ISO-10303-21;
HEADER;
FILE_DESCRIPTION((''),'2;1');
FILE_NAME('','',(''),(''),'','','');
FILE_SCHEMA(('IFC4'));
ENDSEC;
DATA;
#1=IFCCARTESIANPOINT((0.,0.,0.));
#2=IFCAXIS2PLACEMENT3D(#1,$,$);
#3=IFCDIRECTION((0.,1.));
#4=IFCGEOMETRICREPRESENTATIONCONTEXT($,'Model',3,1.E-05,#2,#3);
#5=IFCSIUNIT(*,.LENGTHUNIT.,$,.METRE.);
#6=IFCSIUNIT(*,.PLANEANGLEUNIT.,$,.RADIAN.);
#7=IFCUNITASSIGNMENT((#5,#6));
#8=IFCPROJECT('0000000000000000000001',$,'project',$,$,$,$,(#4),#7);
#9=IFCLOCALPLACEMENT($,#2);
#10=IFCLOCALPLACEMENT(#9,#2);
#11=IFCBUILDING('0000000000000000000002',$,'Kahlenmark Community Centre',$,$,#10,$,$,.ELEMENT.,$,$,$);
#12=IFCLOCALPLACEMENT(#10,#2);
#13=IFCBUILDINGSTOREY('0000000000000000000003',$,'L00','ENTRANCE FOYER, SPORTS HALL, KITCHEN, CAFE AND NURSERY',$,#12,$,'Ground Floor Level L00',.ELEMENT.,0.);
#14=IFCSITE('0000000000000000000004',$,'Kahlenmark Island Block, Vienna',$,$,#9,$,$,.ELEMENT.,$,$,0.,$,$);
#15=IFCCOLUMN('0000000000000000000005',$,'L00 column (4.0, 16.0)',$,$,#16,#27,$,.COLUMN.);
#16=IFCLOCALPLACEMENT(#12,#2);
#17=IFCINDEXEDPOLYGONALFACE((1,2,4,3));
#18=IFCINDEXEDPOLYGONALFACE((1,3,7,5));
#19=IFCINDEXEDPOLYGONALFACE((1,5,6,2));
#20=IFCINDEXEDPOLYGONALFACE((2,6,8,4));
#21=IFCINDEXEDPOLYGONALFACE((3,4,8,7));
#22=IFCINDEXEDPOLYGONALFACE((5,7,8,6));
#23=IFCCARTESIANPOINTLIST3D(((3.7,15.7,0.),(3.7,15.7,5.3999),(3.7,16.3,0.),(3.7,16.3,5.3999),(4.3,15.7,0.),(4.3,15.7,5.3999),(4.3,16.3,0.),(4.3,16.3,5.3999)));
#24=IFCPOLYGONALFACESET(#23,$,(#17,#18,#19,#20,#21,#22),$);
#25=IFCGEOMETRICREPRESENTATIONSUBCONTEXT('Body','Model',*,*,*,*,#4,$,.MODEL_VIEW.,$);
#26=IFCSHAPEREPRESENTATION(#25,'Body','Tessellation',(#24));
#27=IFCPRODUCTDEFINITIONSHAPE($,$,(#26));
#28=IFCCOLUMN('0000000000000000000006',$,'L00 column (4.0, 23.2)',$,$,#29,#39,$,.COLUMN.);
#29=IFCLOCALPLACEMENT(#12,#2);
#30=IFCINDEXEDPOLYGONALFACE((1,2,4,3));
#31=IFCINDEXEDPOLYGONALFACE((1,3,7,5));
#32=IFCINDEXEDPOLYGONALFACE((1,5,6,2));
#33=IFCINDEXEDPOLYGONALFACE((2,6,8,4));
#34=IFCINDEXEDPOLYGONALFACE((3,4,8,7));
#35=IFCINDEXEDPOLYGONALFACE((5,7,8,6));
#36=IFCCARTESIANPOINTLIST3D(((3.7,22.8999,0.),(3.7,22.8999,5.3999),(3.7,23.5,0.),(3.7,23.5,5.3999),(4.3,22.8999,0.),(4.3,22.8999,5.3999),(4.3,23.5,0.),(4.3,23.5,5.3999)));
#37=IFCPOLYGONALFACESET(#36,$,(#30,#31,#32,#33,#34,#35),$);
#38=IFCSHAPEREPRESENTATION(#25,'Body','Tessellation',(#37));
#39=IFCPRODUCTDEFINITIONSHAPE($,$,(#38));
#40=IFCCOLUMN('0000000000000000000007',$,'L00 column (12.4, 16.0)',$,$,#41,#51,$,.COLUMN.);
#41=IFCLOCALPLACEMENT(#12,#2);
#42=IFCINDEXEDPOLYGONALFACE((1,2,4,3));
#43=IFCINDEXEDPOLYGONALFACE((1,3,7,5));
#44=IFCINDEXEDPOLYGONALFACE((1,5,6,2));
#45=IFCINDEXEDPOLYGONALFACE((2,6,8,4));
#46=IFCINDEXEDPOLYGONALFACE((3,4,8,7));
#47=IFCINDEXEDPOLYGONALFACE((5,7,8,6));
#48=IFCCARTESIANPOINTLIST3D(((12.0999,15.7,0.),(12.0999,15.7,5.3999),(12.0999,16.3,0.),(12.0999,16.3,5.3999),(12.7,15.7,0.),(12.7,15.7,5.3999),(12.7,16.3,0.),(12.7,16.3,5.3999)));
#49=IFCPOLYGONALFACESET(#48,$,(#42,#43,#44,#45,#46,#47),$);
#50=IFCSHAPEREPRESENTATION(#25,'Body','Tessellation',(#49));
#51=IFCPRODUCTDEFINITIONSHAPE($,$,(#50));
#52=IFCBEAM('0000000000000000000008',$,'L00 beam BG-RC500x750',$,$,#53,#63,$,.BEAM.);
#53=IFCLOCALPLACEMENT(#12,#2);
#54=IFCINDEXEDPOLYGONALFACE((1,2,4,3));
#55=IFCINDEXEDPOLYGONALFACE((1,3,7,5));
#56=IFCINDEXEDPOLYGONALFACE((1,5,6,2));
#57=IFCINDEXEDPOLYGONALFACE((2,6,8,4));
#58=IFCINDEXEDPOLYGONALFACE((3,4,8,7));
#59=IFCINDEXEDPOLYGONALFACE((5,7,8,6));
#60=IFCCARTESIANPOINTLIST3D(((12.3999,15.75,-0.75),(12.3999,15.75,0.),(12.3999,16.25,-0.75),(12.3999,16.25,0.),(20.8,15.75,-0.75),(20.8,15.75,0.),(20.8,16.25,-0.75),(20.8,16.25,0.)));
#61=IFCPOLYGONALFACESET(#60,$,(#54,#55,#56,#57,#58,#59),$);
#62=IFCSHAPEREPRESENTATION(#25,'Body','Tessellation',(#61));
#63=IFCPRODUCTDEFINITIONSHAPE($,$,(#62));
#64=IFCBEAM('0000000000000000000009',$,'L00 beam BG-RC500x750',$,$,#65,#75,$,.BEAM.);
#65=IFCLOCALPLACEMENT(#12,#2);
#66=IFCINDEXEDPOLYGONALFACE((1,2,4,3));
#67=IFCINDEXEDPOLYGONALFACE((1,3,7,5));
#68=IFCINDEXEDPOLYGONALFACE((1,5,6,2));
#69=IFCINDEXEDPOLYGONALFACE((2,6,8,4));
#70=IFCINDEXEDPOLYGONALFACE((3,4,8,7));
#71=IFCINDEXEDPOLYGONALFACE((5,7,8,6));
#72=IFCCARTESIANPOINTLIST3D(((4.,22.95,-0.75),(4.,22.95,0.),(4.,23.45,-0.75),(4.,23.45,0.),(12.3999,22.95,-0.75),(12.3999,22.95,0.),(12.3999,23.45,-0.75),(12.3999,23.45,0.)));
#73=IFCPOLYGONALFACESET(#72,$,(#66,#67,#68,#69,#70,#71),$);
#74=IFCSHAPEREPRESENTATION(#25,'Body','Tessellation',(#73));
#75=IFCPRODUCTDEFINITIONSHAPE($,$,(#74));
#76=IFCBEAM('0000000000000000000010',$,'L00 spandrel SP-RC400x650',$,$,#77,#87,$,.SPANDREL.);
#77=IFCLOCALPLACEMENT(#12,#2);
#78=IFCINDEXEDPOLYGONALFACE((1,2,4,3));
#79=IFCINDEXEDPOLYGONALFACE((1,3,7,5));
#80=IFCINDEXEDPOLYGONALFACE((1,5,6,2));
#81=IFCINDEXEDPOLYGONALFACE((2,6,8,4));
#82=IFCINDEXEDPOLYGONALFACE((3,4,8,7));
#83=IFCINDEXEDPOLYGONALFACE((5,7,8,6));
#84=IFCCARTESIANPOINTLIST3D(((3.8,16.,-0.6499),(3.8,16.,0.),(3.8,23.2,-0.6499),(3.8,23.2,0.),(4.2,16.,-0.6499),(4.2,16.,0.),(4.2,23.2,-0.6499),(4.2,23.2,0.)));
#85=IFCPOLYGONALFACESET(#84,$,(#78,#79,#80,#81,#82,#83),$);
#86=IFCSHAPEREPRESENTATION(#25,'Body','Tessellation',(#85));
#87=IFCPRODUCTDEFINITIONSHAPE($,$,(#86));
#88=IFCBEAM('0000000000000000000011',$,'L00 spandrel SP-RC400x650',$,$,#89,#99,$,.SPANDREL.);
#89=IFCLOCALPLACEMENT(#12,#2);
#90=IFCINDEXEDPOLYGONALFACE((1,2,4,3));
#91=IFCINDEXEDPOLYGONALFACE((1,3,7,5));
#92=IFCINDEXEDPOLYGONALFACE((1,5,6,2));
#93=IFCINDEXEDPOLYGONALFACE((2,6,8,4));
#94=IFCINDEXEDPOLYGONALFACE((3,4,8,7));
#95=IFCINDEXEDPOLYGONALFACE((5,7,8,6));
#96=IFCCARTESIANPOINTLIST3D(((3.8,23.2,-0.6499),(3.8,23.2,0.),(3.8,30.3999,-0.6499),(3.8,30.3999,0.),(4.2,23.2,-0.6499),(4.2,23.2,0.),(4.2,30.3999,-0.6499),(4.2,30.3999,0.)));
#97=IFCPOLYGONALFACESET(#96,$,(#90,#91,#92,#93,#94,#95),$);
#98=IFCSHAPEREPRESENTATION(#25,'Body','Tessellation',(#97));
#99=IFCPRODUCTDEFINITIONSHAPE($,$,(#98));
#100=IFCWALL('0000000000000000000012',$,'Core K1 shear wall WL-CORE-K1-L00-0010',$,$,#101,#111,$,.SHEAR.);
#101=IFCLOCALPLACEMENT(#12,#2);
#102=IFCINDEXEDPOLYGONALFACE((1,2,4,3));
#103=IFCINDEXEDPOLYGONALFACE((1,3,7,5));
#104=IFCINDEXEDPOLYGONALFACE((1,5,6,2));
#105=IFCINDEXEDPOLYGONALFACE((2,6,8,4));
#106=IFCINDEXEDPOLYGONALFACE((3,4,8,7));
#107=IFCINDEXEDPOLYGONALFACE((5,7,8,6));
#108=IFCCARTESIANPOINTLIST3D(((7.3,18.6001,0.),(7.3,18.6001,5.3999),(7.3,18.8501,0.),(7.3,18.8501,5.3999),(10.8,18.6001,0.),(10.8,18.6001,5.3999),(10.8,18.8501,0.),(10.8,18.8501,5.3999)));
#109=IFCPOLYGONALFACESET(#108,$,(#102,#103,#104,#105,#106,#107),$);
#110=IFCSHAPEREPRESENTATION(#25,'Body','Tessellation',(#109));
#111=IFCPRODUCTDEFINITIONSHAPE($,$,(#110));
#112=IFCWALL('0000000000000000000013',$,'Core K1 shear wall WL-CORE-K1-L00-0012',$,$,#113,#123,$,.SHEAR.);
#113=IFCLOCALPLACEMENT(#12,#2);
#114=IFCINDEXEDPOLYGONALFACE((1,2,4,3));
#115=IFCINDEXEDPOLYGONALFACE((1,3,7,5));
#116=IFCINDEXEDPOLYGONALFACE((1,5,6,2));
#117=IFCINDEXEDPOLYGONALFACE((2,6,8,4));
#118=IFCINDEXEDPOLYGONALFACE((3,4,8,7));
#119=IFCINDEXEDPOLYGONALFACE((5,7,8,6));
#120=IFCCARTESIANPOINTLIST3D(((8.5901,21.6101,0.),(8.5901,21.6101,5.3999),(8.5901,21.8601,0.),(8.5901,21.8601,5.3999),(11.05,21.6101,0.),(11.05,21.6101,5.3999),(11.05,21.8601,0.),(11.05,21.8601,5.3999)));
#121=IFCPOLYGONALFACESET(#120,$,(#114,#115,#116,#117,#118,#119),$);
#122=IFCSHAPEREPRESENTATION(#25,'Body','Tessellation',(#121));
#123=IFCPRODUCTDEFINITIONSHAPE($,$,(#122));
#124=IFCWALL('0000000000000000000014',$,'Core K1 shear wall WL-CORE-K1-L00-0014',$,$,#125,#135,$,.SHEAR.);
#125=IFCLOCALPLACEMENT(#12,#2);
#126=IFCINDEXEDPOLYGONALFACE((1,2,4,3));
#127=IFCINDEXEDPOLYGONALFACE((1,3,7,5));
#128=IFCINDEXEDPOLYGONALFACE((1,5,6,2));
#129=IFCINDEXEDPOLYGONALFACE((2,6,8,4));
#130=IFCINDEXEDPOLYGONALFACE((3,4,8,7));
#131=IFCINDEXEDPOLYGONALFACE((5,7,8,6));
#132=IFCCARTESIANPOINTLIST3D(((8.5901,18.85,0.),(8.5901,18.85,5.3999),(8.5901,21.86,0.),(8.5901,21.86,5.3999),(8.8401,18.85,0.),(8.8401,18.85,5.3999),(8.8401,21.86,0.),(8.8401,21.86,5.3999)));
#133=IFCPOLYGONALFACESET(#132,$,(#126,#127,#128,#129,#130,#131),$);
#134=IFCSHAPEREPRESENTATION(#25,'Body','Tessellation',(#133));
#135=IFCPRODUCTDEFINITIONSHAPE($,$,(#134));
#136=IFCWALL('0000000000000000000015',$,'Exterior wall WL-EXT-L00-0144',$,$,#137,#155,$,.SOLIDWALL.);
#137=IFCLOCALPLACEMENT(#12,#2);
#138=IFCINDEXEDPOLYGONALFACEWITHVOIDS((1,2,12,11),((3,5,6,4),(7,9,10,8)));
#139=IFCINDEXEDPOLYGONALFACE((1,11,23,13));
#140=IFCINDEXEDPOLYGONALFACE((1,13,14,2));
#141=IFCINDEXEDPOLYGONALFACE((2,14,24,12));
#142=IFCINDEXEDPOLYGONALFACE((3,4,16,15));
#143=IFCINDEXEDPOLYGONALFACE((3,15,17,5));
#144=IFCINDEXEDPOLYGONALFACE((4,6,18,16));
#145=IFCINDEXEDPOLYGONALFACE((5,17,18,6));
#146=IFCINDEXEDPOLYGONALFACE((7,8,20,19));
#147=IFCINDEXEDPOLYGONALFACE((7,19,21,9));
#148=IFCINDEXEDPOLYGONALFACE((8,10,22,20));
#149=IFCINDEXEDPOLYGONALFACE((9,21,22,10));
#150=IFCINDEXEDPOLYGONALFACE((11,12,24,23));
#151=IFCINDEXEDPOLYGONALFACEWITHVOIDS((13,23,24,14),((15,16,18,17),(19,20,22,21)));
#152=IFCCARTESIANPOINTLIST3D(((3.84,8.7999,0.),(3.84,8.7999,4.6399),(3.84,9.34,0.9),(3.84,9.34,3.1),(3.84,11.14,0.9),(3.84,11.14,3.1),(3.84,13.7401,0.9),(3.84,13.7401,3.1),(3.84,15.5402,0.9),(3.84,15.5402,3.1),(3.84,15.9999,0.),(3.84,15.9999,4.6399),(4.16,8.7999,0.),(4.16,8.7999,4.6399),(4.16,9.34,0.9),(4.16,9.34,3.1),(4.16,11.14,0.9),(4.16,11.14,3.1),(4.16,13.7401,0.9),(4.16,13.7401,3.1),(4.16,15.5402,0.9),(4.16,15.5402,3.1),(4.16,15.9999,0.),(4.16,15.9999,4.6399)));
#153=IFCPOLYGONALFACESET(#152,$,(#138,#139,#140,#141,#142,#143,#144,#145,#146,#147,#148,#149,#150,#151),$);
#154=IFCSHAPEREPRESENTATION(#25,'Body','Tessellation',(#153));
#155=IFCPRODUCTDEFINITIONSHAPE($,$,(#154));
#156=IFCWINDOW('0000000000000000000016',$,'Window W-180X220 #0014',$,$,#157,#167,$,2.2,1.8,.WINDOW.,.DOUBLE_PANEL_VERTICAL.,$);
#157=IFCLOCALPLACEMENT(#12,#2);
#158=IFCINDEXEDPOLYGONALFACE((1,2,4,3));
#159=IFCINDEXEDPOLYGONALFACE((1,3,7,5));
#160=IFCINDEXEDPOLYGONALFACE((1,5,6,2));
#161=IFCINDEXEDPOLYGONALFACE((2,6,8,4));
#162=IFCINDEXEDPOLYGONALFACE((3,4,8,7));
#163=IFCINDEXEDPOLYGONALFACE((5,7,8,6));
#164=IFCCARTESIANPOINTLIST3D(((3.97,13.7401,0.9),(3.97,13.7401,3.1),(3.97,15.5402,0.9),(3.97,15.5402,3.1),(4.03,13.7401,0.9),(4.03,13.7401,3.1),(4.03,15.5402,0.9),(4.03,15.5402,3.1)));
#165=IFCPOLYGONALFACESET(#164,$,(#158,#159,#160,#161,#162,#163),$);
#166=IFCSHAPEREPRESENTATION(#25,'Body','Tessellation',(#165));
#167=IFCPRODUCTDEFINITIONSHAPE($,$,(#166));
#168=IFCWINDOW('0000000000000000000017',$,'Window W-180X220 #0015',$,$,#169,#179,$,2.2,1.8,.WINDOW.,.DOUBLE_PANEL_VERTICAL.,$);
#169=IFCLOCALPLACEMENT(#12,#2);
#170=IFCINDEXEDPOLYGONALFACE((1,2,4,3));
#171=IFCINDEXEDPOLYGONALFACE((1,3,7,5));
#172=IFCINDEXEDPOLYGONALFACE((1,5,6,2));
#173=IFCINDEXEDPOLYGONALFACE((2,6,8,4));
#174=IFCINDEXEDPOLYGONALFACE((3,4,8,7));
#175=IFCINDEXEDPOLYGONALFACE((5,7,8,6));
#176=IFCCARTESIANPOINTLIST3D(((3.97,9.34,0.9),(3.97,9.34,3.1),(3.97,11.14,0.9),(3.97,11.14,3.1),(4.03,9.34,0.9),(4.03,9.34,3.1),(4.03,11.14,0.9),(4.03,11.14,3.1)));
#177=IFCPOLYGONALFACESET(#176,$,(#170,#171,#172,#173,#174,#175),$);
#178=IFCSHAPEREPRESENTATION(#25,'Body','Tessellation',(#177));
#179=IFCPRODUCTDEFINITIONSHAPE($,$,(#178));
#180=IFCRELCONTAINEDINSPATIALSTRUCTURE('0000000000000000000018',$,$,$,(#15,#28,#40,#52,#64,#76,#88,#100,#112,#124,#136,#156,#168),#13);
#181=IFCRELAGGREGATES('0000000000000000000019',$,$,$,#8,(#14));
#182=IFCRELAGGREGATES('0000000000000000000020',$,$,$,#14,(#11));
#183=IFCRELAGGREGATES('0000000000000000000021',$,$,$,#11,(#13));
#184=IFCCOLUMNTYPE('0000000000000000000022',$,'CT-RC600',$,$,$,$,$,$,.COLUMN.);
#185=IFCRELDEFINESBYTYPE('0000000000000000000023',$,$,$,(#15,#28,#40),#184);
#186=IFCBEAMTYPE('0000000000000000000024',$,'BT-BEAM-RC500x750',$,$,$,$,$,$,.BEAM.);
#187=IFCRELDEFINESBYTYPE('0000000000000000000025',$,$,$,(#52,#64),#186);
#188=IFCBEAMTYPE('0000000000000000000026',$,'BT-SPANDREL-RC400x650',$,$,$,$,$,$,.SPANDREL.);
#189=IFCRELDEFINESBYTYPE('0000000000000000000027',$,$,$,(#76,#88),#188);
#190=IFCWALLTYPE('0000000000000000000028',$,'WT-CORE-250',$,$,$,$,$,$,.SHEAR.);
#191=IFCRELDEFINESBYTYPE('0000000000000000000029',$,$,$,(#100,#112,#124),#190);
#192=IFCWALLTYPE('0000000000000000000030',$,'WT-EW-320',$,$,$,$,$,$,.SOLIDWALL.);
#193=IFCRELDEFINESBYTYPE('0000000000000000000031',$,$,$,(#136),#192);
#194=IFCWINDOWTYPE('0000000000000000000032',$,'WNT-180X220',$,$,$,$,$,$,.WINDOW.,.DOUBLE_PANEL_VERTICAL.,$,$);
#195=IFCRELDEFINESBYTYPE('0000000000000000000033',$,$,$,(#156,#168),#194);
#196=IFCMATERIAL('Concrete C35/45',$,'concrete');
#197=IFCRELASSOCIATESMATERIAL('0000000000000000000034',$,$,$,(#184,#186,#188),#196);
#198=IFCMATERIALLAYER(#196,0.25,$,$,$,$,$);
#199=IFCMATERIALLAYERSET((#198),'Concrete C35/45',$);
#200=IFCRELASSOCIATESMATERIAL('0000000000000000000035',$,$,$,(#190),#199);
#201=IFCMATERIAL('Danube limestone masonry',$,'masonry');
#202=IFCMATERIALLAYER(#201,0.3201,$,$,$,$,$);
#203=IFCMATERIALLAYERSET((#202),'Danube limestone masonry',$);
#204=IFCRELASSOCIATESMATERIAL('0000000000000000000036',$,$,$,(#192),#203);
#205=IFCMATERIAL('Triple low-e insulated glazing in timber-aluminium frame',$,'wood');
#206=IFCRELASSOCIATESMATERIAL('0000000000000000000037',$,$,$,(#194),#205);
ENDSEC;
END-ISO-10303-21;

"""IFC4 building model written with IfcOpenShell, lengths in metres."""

from ifc_helpers import new_model, si_unit, direction, frame, frame_2d, origin, origin_2d, place, context, subcontext, project, spatial, rectangle, extrude, material, layer, layer_set, material_profile, profile_set, type_object, element, fill, save


model = new_model("IFC4")

# Units and contexts
model_context = context("Model", 3, precision=1e-05, world=origin(), true_north=direction((0.0, 1.0)))
body_context = subcontext(model_context, "Body", "Model", "MODEL_VIEW")
ifc_project = project(units=[si_unit("LENGTHUNIT", "METRE"), si_unit("PLANEANGLEUNIT", "RADIAN")], contexts=[model_context])

# Site, building, storey
site_placement = place(None, origin())
site = spatial("IfcSite", under=ifc_project, at=site_placement, Name="Kahlenmark Island Block, Vienna", CompositionType="ELEMENT", RefElevation=0.0)
building_placement = place(site_placement, origin())
building = spatial("IfcBuilding", under=site, at=building_placement, Name="Kahlenmark Community Centre", CompositionType="ELEMENT")
storey_placement = place(building_placement, origin())
storey = spatial("IfcBuildingStorey", under=building, at=storey_placement, Name="L00", Description="ENTRANCE FOYER, SPORTS HALL, KITCHEN, CAFE AND NURSERY", LongName="Ground Floor Level L00", CompositionType="ELEMENT", Elevation=0.0)

# Columns
ifc_material_1 = material(Name="Concrete C35/45", Category="concrete")
ifc_material_profile_1 = material_profile(ifc_material_1, rectangle(XDim=0.6001, YDim=0.6001, at=origin_2d()), Name="RC 600x600")
ifc_profile_set_1 = profile_set([ifc_material_profile_1], Name="Concrete C35/45")
column_type = type_object("IfcColumnType", Name="CT-RC600", PredefinedType="COLUMN", material=ifc_profile_set_1)
for number, where, z_axis, x_axis, name in (
    (1, (4.0, 16.0, 0.0), (0.0, 0.0, 1.0), (1.0, 0.0, 0.0), "L00 column (4.0, 16.0)"),
    (2, (4.0, 23.2, 0.0), (0.0, 0.0, 1.0), (1.0, 0.0, 0.0), "L00 column (4.0, 23.2)"),
    (3, (12.3999, 16.0, 0.0), (0.0, 0.0, 1.0), (1.0, 0.0, 0.0), "L00 column (12.4, 16.0)"),
):
    element("IfcColumn", number, at=place(storey_placement, frame(where, z_axis=z_axis, x_axis=x_axis)), inside=storey, type_object=column_type, Name=name, PredefinedType="COLUMN", context=body_context, shape_type="SweptSolid", body=[
        extrude(rectangle(XDim=0.6001, YDim=0.6001, at=origin_2d()), origin(), (0.0, 0.0, 1.0), 5.3999),
    ])

# Beams
ifc_material_profile_2 = material_profile(ifc_material_1, rectangle(XDim=0.5, YDim=0.75, at=origin_2d()), Name="RC 500x750")
ifc_profile_set_2 = profile_set([ifc_material_profile_2], Name="Concrete C35/45")
beam_type_1 = type_object("IfcBeamType", Name="BT-BEAM-RC500x750", PredefinedType="BEAM", material=ifc_profile_set_2)
beam_1_placement = place(storey_placement, frame((12.3999, 16.0, -0.375), z_axis=(1.0, 0.0, 0.0), x_axis=(0.0, 1.0, 0.0)))
element("IfcBeam", 4, at=beam_1_placement, inside=storey, type_object=beam_type_1, Name="L00 beam BG-RC500x750", PredefinedType="BEAM", context=body_context, shape_type="SweptSolid", body=[
    extrude(rectangle(XDim=0.5, YDim=0.75, at=origin_2d()), origin(), (0.0, 0.0, 1.0), 8.4001),
])
beam_2_placement = place(storey_placement, frame((4.0, 23.2, -0.375), z_axis=(1.0, 0.0, 0.0), x_axis=(0.0, 1.0, 0.0)))
element("IfcBeam", 5, at=beam_2_placement, inside=storey, type_object=beam_type_1, Name="L00 beam BG-RC500x750", PredefinedType="BEAM", context=body_context, shape_type="SweptSolid", body=[
    extrude(rectangle(XDim=0.5, YDim=0.75, at=origin_2d()), origin(), (0.0, 0.0, 1.0), 8.3999),
])
ifc_material_profile_3 = material_profile(ifc_material_1, rectangle(XDim=0.3999, YDim=0.6499, at=origin_2d()), Name="RC 400x650")
ifc_profile_set_3 = profile_set([ifc_material_profile_3], Name="Concrete C35/45")
beam_type_2 = type_object("IfcBeamType", Name="BT-SPANDREL-RC400x650", PredefinedType="SPANDREL", material=ifc_profile_set_3)
for number, where, z_axis, x_axis, name in (
    (6, (4.0, 16.0, -0.325), (0.0, 1.0, 0.0), (-1.0, 0.0, 0.0), "L00 spandrel SP-RC400x650"),
    (7, (4.0, 23.2, -0.325), (0.0, 1.0, 0.0), (-1.0, 0.0, 0.0), "L00 spandrel SP-RC400x650"),
):
    element("IfcBeam", number, at=place(storey_placement, frame(where, z_axis=z_axis, x_axis=x_axis)), inside=storey, type_object=beam_type_2, Name=name, PredefinedType="SPANDREL", context=body_context, shape_type="SweptSolid", body=[
        extrude(rectangle(XDim=0.3999, YDim=0.6499, at=origin_2d()), origin(), (0.0, 0.0, 1.0), 7.2),
    ])

# Walls
ifc_layer_1 = layer(ifc_material_1, 0.25)
ifc_layer_set_1 = layer_set([ifc_layer_1], Name="Concrete C35/45")
wall_type_1 = type_object("IfcWallType", Name="WT-CORE-250", PredefinedType="SHEAR", material=ifc_layer_set_1)
wall_1_placement = place(storey_placement, frame((10.8, 18.7251, 0.0), z_axis=(0.0, 0.0, 1.0), x_axis=(-1.0, 0.0, 0.0)))
element("IfcWall", 8, at=wall_1_placement, inside=storey, type_object=wall_type_1, Name="Core K1 shear wall WL-CORE-K1-L00-0010", PredefinedType="SHEAR", context=body_context, shape_type="SweptSolid", body=[
    extrude(rectangle(XDim=3.5, YDim=0.25, at=frame_2d((1.75, 0.0))), origin(), (0.0, 0.0, 1.0), 5.3999),
])
wall_2_placement = place(storey_placement, frame((8.5901, 21.7351, 0.0), z_axis=(0.0, 0.0, 1.0), x_axis=(1.0, 0.0, 0.0)))
element("IfcWall", 9, at=wall_2_placement, inside=storey, type_object=wall_type_1, Name="Core K1 shear wall WL-CORE-K1-L00-0012", PredefinedType="SHEAR", context=body_context, shape_type="SweptSolid", body=[
    extrude(rectangle(XDim=2.46, YDim=0.25, at=frame_2d((1.23, 0.0))), origin(), (0.0, 0.0, 1.0), 5.3999),
])

# Wall
wall_3_placement = place(storey_placement, frame((8.7151, 18.8501, 0.0), z_axis=(0.0, 0.0, 1.0), x_axis=(0.0, 1.0, 0.0)))
element("IfcWall", 10, at=wall_3_placement, inside=storey, type_object=wall_type_1, Name="Core K1 shear wall WL-CORE-K1-L00-0014", PredefinedType="SHEAR", context=body_context, shape_type="SweptSolid", body=[
    extrude(rectangle(XDim=3.01, YDim=0.25, at=frame_2d((1.5049, 0.0))), origin(), (0.0, 0.0, 1.0), 5.3999),
])

# Wall, openings, windows
ifc_material_2 = material(Name="Danube limestone masonry", Category="masonry")
ifc_layer_2 = layer(ifc_material_2, 0.3201)
ifc_layer_set_2 = layer_set([ifc_layer_2], Name="Danube limestone masonry")
wall_type_2 = type_object("IfcWallType", Name="WT-EW-320", PredefinedType="SOLIDWALL", material=ifc_layer_set_2)
wall_4_placement = place(storey_placement, frame((4.0, 16.0, 0.0), z_axis=(0.0, 0.0, 1.0), x_axis=(0.0, -1.0, 0.0)))
wall_4 = element("IfcWall", 11, at=wall_4_placement, inside=storey, type_object=wall_type_2, Name="Exterior wall WL-EXT-L00-0144", PredefinedType="SOLIDWALL", context=body_context, shape_type="SweptSolid", body=[
    extrude(rectangle(XDim=7.2, YDim=0.3201, at=frame_2d((3.6001, 0.0))), origin(), (0.0, 0.0, 1.0), 4.6399),
])
opening_1_placement = place(wall_4_placement, frame((0.46, 0.0, 0.8999)))
opening_1 = element("IfcOpeningElement", 12, at=opening_1_placement, cuts=wall_4, PredefinedType="OPENING", context=body_context, shape_type="SweptSolid", body=[
    extrude(rectangle(XDim=1.8, YDim=2.2, at=frame_2d((0.8999, 1.1001))), frame((0.0, 0.1699, 0.0), z_axis=(0.0, -1.0, 0.0), x_axis=(1.0, 0.0, 0.0)), (0.0, 0.0, 1.0), 0.3401),
])
opening_2_placement = place(wall_4_placement, frame((4.8601, 0.0, 0.8999)))
opening_2 = element("IfcOpeningElement", 13, at=opening_2_placement, cuts=wall_4, PredefinedType="OPENING", context=body_context, shape_type="SweptSolid", body=[
    extrude(rectangle(XDim=1.8, YDim=2.2, at=frame_2d((0.8999, 1.1001))), frame((0.0, 0.1699, 0.0), z_axis=(0.0, -1.0, 0.0), x_axis=(1.0, 0.0, 0.0)), (0.0, 0.0, 1.0), 0.3401),
])
ifc_material_3 = material(Name="Triple low-e insulated glazing in timber-aluminium frame", Category="wood")
window_type = type_object("IfcWindowType", Name="WNT-180X220", PartitioningType="DOUBLE_PANEL_VERTICAL", PredefinedType="WINDOW", material=ifc_material_3)
window_1_placement = place(opening_1_placement, origin())
window_1 = element("IfcWindow", 14, at=window_1_placement, inside=storey, type_object=window_type, Name="Window W-180X220 #0014", OverallHeight=2.2, OverallWidth=1.8, PartitioningType="DOUBLE_PANEL_VERTICAL", PredefinedType="WINDOW", context=body_context, shape_type="SweptSolid", body=[
    extrude(rectangle(XDim=1.8, YDim=2.2, at=frame_2d((0.8999, 1.1001))), frame((0.0, 0.03, 0.0), z_axis=(0.0, -1.0, 0.0), x_axis=(1.0, 0.0, 0.0)), (0.0, 0.0, 1.0), 0.0601),
])
fill(opening_1, window_1)
window_2_placement = place(opening_2_placement, origin())
window_2 = element("IfcWindow", 15, at=window_2_placement, inside=storey, type_object=window_type, Name="Window W-180X220 #0015", OverallHeight=2.2, OverallWidth=1.8, PartitioningType="DOUBLE_PANEL_VERTICAL", PredefinedType="WINDOW", context=body_context, shape_type="SweptSolid", body=[
    extrude(rectangle(XDim=1.8, YDim=2.2, at=frame_2d((0.8999, 1.1001))), frame((0.0, 0.03, 0.0), z_axis=(0.0, -1.0, 0.0), x_axis=(1.0, 0.0, 0.0)), (0.0, 0.0, 1.0), 0.0601),
])
fill(opening_2, window_2)

save(model, "model.ifc")
